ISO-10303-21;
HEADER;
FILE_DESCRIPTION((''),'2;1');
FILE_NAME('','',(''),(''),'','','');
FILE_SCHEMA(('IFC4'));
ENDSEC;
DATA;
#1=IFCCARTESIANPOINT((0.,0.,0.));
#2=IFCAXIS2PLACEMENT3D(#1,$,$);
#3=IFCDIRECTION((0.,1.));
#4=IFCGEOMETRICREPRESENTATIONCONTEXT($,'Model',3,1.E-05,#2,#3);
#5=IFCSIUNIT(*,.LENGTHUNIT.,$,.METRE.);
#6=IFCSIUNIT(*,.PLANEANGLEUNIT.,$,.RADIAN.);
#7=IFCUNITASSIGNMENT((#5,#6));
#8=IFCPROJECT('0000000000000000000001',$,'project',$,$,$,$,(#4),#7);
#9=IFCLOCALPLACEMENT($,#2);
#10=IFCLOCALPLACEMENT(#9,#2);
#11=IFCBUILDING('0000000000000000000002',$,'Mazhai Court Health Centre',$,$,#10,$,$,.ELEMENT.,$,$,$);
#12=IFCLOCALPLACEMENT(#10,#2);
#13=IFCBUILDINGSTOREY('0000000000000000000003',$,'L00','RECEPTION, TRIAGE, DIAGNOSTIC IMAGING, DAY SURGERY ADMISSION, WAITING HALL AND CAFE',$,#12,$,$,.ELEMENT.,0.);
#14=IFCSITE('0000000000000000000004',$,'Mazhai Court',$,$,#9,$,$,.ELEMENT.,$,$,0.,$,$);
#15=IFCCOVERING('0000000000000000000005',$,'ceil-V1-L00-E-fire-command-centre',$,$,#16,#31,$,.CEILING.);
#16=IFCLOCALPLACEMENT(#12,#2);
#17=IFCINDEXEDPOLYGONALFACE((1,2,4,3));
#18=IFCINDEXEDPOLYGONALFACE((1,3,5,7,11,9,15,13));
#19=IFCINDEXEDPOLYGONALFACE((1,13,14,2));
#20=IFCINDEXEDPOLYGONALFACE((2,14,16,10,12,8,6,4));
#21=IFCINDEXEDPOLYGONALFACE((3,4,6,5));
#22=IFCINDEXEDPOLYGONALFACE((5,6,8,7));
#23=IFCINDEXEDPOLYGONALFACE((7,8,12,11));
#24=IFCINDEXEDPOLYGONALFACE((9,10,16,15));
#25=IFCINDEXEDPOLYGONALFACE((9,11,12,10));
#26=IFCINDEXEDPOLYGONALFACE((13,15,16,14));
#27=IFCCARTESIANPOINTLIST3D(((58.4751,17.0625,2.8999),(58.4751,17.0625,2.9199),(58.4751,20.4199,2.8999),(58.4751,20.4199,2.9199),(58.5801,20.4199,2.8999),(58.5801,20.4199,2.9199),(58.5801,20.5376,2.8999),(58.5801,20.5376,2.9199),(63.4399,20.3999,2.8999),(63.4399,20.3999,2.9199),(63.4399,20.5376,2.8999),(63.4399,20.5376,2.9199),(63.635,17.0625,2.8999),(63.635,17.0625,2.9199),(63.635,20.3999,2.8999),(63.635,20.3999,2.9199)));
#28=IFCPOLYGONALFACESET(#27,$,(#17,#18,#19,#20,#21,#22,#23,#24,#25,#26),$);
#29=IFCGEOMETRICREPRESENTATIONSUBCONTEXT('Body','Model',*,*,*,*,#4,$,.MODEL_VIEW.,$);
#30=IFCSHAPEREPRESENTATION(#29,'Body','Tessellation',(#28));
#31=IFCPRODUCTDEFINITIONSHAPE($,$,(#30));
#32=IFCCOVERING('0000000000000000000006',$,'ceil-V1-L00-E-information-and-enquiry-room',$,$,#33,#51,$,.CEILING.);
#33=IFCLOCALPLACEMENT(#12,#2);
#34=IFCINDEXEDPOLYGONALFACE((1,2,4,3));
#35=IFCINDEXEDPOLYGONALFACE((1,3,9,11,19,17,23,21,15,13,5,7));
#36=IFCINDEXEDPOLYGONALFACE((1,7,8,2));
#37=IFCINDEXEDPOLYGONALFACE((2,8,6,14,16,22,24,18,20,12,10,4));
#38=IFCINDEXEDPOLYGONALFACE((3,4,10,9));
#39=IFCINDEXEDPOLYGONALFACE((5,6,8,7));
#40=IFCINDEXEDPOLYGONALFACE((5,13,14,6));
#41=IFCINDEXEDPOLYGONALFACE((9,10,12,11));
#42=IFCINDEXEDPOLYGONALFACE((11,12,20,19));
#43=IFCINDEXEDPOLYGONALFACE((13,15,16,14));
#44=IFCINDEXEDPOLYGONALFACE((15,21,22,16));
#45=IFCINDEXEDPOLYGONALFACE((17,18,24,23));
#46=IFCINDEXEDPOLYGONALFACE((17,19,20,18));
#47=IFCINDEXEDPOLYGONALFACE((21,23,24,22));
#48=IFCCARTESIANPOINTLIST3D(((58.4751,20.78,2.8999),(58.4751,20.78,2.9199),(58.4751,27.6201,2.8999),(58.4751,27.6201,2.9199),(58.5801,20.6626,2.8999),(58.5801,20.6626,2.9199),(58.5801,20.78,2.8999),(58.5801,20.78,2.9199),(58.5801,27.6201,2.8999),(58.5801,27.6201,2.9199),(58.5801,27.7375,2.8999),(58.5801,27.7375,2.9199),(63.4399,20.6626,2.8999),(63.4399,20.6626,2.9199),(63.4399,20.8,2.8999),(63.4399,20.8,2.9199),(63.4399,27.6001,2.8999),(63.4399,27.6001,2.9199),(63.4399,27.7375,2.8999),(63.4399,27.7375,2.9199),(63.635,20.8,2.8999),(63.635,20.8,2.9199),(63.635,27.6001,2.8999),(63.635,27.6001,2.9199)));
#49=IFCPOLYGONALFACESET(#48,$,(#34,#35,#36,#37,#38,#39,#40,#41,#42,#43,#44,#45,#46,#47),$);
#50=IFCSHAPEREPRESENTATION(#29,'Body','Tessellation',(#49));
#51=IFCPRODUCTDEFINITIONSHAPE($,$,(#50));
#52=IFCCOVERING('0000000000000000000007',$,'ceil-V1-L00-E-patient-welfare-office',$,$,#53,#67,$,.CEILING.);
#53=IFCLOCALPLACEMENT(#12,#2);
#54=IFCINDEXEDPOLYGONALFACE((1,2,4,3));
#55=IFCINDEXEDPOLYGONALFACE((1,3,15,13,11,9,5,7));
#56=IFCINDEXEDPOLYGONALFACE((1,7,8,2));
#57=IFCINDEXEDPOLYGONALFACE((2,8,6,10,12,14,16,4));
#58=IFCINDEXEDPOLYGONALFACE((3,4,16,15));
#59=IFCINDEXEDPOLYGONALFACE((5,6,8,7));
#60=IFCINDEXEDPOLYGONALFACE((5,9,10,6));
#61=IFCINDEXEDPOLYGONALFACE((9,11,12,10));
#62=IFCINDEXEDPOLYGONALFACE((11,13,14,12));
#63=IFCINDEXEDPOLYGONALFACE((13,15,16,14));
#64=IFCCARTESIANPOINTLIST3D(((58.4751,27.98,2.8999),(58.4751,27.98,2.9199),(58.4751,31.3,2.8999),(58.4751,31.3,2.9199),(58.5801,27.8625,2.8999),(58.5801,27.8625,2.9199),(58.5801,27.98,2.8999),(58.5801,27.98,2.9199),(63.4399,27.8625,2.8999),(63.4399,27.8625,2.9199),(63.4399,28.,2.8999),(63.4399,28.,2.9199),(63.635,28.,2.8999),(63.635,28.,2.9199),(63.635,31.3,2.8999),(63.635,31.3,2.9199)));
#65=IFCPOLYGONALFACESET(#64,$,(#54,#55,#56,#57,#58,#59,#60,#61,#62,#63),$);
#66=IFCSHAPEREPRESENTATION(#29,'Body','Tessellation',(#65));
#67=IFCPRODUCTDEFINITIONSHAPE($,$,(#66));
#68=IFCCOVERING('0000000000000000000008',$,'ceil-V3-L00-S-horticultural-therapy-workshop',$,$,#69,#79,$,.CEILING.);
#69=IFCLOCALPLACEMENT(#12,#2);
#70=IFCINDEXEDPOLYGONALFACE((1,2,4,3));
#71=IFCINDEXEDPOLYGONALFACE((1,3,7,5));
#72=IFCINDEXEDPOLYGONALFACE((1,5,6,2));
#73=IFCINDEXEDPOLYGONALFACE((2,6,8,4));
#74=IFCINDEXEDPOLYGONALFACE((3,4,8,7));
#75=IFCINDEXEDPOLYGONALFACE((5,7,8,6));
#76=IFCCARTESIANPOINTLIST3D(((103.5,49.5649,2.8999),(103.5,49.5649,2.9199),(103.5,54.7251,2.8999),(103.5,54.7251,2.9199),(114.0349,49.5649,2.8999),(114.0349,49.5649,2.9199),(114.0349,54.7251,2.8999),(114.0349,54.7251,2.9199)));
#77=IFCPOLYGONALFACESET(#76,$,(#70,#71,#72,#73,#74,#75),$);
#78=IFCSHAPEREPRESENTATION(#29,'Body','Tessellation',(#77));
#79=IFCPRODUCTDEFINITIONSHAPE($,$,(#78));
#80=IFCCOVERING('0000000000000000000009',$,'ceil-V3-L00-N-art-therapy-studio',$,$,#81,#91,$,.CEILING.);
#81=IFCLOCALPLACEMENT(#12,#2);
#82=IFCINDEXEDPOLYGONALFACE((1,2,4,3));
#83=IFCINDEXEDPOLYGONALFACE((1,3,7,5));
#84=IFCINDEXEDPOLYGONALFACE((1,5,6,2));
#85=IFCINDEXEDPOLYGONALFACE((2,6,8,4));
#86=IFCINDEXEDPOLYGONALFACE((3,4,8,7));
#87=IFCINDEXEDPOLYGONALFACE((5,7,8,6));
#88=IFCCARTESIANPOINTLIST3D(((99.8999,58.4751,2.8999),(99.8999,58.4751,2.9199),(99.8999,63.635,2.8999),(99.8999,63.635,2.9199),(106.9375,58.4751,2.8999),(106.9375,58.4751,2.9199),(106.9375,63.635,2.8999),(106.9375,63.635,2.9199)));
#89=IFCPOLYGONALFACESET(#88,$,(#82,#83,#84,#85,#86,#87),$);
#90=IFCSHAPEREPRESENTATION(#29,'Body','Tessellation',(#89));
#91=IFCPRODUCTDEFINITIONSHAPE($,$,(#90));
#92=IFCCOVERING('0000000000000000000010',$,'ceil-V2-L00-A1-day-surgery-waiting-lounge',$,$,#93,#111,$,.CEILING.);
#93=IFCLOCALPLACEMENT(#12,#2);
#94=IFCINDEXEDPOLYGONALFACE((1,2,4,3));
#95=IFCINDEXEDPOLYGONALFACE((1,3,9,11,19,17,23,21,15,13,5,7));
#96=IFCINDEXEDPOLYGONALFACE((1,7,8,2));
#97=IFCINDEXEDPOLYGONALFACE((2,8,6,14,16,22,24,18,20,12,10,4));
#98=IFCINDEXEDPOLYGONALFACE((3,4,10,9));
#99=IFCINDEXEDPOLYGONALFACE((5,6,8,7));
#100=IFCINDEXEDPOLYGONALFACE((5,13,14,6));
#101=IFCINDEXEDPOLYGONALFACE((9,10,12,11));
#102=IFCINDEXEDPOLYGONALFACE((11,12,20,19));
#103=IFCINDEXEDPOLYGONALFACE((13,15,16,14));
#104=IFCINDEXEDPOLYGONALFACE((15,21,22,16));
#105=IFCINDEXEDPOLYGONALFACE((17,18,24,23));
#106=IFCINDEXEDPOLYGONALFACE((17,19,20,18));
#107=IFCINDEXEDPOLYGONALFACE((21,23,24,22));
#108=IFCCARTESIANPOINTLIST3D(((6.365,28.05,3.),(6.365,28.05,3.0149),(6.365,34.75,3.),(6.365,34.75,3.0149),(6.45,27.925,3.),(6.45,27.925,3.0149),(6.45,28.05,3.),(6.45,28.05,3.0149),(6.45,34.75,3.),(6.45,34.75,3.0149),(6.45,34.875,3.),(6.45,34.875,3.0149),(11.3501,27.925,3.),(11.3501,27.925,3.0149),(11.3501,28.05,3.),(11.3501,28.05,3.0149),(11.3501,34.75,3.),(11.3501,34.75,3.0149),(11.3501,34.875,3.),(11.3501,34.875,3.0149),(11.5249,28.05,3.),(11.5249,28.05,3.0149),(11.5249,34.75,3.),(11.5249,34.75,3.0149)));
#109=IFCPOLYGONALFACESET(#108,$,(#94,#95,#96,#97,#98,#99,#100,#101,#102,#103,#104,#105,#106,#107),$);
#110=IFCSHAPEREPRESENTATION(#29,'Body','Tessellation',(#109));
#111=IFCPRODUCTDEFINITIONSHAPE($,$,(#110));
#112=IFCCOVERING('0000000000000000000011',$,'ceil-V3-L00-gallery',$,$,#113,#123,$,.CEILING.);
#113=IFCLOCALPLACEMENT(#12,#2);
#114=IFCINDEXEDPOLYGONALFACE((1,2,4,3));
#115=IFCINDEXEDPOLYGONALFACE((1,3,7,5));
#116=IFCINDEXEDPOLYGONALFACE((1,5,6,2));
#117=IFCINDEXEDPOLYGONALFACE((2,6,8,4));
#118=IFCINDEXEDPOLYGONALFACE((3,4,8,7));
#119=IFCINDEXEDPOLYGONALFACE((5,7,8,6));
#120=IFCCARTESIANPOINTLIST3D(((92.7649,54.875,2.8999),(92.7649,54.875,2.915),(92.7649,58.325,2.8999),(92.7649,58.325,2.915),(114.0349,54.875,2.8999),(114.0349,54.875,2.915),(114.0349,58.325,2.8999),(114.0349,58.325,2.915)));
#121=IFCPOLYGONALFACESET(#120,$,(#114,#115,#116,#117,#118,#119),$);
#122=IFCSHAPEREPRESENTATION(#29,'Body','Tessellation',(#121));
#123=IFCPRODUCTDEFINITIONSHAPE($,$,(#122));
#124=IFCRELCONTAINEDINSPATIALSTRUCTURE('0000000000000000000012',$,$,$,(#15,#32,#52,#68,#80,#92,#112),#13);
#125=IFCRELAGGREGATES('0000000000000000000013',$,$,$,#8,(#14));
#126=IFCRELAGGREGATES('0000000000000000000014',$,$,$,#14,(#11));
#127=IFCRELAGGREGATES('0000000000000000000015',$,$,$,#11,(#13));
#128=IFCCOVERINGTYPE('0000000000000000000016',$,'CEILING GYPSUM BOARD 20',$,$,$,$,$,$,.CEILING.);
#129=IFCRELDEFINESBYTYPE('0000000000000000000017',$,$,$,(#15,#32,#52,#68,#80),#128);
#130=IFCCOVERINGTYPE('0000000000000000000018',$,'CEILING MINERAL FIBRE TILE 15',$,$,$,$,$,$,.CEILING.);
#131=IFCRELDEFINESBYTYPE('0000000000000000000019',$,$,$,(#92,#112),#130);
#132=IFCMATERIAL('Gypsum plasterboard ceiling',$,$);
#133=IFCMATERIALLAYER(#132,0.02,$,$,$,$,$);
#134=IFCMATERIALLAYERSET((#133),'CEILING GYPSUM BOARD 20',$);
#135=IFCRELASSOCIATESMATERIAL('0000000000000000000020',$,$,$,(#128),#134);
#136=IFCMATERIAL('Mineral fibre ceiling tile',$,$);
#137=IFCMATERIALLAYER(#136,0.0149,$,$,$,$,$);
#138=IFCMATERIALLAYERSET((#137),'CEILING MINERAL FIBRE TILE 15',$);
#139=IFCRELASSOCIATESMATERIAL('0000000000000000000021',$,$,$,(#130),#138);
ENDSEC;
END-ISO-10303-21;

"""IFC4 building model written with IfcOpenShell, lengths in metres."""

from ifc_helpers import new_model, si_unit, direction, frame, origin, place, context, subcontext, project, spatial, polyline, outline, extrude, material, layer, layer_set, type_object, element, save


model = new_model("IFC4")

# Units and contexts
model_context = context("Model", 3, precision=1e-05, world=origin(), true_north=direction((0.0, 1.0)))
body_context = subcontext(model_context, "Body", "Model", "MODEL_VIEW")
ifc_project = project(units=[si_unit("LENGTHUNIT", "METRE"), si_unit("PLANEANGLEUNIT", "RADIAN")], contexts=[model_context])

# Site, building, storey
site_placement = place(None, origin())
site = spatial("IfcSite", under=ifc_project, at=site_placement, Name="Mazhai Court", CompositionType="ELEMENT", RefElevation=0.0)
building_placement = place(site_placement, origin())
building = spatial("IfcBuilding", under=site, at=building_placement, Name="Mazhai Court Health Centre", CompositionType="ELEMENT")
storey_placement = place(building_placement, origin())
storey = spatial("IfcBuildingStorey", under=building, at=storey_placement, Name="L00", Description="RECEPTION, TRIAGE, DIAGNOSTIC IMAGING, DAY SURGERY ADMISSION, WAITING HALL AND CAFE", CompositionType="ELEMENT", Elevation=0.0)

# Coverings
ifc_material_1 = material(Name="Gypsum plasterboard ceiling")
ifc_layer_1 = layer(ifc_material_1, 0.02)
ifc_layer_set_1 = layer_set([ifc_layer_1], Name="CEILING GYPSUM BOARD 20")
covering_type_1 = type_object("IfcCoveringType", Name="CEILING GYPSUM BOARD 20", PredefinedType="CEILING", material=ifc_layer_set_1)
covering_1_placement = place(storey_placement, frame((0.0, 0.0, 2.8999)))
element("IfcCovering", 1, at=covering_1_placement, inside=storey, type_object=covering_type_1, Name="ceil-V1-L00-E-fire-command-centre", PredefinedType="CEILING", context=body_context, shape_type="SweptSolid", body=[
    extrude(outline(polyline([(63.635, 20.3999), (63.4399, 20.3999), (63.4399, 20.5376), (58.5801, 20.5376), (58.5801, 20.4199), (58.4751, 20.4199), (58.4751, 17.0625), (63.635, 17.0625), (63.635, 20.3999)])), origin(), (0.0, 0.0, 1.0), 0.02),
])
covering_2_placement = place(storey_placement, frame((0.0, 0.0, 2.8999)))
element("IfcCovering", 2, at=covering_2_placement, inside=storey, type_object=covering_type_1, Name="ceil-V1-L00-E-information-and-enquiry-room", PredefinedType="CEILING", context=body_context, shape_type="SweptSolid", body=[
    extrude(outline(polyline([(63.635, 27.6001), (63.4399, 27.6001), (63.4399, 27.7375), (58.5801, 27.7375), (58.5801, 27.6201), (58.4751, 27.6201), (58.4751, 20.78), (58.5801, 20.78), (58.5801, 20.6626), (63.4399, 20.6626), (63.4399, 20.8), (63.635, 20.8), (63.635, 27.6001)])), origin(), (0.0, 0.0, 1.0), 0.02),
])
covering_3_placement = place(storey_placement, frame((0.0, 0.0, 2.8999)))
element("IfcCovering", 3, at=covering_3_placement, inside=storey, type_object=covering_type_1, Name="ceil-V1-L00-E-patient-welfare-office", PredefinedType="CEILING", context=body_context, shape_type="SweptSolid", body=[
    extrude(outline(polyline([(58.4751, 27.98), (58.5801, 27.98), (58.5801, 27.8625), (63.4399, 27.8625), (63.4399, 28.0), (63.635, 28.0), (63.635, 31.3), (58.4751, 31.3), (58.4751, 27.98)])), origin(), (0.0, 0.0, 1.0), 0.02),
])
covering_4_placement = place(storey_placement, frame((0.0, 0.0, 2.8999)))
element("IfcCovering", 4, at=covering_4_placement, inside=storey, type_object=covering_type_1, Name="ceil-V3-L00-S-horticultural-therapy-workshop", PredefinedType="CEILING", context=body_context, shape_type="SweptSolid", body=[
    extrude(outline(polyline([(114.0349, 49.5649), (114.0349, 54.7251), (103.5, 54.7251), (103.5, 49.5649), (114.0349, 49.5649)])), origin(), (0.0, 0.0, 1.0), 0.02),
])
covering_5_placement = place(storey_placement, frame((0.0, 0.0, 2.8999)))
element("IfcCovering", 5, at=covering_5_placement, inside=storey, type_object=covering_type_1, Name="ceil-V3-L00-N-art-therapy-studio", PredefinedType="CEILING", context=body_context, shape_type="SweptSolid", body=[
    extrude(outline(polyline([(106.9375, 58.4751), (106.9375, 63.635), (99.8999, 63.635), (99.8999, 58.4751), (106.9375, 58.4751)])), origin(), (0.0, 0.0, 1.0), 0.02),
])
ifc_material_2 = material(Name="Mineral fibre ceiling tile")
ifc_layer_2 = layer(ifc_material_2, 0.0149)
ifc_layer_set_2 = layer_set([ifc_layer_2], Name="CEILING MINERAL FIBRE TILE 15")
covering_type_2 = type_object("IfcCoveringType", Name="CEILING MINERAL FIBRE TILE 15", PredefinedType="CEILING", material=ifc_layer_set_2)
covering_6_placement = place(storey_placement, frame((0.0, 0.0, 3.0)))
element("IfcCovering", 6, at=covering_6_placement, inside=storey, type_object=covering_type_2, Name="ceil-V2-L00-A1-day-surgery-waiting-lounge", PredefinedType="CEILING", context=body_context, shape_type="SweptSolid", body=[
    extrude(outline(polyline([(11.5249, 34.75), (11.3501, 34.75), (11.3501, 34.875), (6.45, 34.875), (6.45, 34.75), (6.365, 34.75), (6.365, 28.05), (6.45, 28.05), (6.45, 27.925), (11.3501, 27.925), (11.3501, 28.05), (11.5249, 28.05), (11.5249, 34.75)])), origin(), (0.0, 0.0, 1.0), 0.0149),
])
covering_7_placement = place(storey_placement, frame((0.0, 0.0, 2.8999)))
element("IfcCovering", 7, at=covering_7_placement, inside=storey, type_object=covering_type_2, Name="ceil-V3-L00-gallery", PredefinedType="CEILING", context=body_context, shape_type="SweptSolid", body=[
    extrude(outline(polyline([(114.0349, 58.325), (92.7649, 58.325), (92.7649, 54.875), (114.0349, 54.875), (114.0349, 58.325)])), origin(), (0.0, 0.0, 1.0), 0.0151),
])

save(model, "model.ifc")
